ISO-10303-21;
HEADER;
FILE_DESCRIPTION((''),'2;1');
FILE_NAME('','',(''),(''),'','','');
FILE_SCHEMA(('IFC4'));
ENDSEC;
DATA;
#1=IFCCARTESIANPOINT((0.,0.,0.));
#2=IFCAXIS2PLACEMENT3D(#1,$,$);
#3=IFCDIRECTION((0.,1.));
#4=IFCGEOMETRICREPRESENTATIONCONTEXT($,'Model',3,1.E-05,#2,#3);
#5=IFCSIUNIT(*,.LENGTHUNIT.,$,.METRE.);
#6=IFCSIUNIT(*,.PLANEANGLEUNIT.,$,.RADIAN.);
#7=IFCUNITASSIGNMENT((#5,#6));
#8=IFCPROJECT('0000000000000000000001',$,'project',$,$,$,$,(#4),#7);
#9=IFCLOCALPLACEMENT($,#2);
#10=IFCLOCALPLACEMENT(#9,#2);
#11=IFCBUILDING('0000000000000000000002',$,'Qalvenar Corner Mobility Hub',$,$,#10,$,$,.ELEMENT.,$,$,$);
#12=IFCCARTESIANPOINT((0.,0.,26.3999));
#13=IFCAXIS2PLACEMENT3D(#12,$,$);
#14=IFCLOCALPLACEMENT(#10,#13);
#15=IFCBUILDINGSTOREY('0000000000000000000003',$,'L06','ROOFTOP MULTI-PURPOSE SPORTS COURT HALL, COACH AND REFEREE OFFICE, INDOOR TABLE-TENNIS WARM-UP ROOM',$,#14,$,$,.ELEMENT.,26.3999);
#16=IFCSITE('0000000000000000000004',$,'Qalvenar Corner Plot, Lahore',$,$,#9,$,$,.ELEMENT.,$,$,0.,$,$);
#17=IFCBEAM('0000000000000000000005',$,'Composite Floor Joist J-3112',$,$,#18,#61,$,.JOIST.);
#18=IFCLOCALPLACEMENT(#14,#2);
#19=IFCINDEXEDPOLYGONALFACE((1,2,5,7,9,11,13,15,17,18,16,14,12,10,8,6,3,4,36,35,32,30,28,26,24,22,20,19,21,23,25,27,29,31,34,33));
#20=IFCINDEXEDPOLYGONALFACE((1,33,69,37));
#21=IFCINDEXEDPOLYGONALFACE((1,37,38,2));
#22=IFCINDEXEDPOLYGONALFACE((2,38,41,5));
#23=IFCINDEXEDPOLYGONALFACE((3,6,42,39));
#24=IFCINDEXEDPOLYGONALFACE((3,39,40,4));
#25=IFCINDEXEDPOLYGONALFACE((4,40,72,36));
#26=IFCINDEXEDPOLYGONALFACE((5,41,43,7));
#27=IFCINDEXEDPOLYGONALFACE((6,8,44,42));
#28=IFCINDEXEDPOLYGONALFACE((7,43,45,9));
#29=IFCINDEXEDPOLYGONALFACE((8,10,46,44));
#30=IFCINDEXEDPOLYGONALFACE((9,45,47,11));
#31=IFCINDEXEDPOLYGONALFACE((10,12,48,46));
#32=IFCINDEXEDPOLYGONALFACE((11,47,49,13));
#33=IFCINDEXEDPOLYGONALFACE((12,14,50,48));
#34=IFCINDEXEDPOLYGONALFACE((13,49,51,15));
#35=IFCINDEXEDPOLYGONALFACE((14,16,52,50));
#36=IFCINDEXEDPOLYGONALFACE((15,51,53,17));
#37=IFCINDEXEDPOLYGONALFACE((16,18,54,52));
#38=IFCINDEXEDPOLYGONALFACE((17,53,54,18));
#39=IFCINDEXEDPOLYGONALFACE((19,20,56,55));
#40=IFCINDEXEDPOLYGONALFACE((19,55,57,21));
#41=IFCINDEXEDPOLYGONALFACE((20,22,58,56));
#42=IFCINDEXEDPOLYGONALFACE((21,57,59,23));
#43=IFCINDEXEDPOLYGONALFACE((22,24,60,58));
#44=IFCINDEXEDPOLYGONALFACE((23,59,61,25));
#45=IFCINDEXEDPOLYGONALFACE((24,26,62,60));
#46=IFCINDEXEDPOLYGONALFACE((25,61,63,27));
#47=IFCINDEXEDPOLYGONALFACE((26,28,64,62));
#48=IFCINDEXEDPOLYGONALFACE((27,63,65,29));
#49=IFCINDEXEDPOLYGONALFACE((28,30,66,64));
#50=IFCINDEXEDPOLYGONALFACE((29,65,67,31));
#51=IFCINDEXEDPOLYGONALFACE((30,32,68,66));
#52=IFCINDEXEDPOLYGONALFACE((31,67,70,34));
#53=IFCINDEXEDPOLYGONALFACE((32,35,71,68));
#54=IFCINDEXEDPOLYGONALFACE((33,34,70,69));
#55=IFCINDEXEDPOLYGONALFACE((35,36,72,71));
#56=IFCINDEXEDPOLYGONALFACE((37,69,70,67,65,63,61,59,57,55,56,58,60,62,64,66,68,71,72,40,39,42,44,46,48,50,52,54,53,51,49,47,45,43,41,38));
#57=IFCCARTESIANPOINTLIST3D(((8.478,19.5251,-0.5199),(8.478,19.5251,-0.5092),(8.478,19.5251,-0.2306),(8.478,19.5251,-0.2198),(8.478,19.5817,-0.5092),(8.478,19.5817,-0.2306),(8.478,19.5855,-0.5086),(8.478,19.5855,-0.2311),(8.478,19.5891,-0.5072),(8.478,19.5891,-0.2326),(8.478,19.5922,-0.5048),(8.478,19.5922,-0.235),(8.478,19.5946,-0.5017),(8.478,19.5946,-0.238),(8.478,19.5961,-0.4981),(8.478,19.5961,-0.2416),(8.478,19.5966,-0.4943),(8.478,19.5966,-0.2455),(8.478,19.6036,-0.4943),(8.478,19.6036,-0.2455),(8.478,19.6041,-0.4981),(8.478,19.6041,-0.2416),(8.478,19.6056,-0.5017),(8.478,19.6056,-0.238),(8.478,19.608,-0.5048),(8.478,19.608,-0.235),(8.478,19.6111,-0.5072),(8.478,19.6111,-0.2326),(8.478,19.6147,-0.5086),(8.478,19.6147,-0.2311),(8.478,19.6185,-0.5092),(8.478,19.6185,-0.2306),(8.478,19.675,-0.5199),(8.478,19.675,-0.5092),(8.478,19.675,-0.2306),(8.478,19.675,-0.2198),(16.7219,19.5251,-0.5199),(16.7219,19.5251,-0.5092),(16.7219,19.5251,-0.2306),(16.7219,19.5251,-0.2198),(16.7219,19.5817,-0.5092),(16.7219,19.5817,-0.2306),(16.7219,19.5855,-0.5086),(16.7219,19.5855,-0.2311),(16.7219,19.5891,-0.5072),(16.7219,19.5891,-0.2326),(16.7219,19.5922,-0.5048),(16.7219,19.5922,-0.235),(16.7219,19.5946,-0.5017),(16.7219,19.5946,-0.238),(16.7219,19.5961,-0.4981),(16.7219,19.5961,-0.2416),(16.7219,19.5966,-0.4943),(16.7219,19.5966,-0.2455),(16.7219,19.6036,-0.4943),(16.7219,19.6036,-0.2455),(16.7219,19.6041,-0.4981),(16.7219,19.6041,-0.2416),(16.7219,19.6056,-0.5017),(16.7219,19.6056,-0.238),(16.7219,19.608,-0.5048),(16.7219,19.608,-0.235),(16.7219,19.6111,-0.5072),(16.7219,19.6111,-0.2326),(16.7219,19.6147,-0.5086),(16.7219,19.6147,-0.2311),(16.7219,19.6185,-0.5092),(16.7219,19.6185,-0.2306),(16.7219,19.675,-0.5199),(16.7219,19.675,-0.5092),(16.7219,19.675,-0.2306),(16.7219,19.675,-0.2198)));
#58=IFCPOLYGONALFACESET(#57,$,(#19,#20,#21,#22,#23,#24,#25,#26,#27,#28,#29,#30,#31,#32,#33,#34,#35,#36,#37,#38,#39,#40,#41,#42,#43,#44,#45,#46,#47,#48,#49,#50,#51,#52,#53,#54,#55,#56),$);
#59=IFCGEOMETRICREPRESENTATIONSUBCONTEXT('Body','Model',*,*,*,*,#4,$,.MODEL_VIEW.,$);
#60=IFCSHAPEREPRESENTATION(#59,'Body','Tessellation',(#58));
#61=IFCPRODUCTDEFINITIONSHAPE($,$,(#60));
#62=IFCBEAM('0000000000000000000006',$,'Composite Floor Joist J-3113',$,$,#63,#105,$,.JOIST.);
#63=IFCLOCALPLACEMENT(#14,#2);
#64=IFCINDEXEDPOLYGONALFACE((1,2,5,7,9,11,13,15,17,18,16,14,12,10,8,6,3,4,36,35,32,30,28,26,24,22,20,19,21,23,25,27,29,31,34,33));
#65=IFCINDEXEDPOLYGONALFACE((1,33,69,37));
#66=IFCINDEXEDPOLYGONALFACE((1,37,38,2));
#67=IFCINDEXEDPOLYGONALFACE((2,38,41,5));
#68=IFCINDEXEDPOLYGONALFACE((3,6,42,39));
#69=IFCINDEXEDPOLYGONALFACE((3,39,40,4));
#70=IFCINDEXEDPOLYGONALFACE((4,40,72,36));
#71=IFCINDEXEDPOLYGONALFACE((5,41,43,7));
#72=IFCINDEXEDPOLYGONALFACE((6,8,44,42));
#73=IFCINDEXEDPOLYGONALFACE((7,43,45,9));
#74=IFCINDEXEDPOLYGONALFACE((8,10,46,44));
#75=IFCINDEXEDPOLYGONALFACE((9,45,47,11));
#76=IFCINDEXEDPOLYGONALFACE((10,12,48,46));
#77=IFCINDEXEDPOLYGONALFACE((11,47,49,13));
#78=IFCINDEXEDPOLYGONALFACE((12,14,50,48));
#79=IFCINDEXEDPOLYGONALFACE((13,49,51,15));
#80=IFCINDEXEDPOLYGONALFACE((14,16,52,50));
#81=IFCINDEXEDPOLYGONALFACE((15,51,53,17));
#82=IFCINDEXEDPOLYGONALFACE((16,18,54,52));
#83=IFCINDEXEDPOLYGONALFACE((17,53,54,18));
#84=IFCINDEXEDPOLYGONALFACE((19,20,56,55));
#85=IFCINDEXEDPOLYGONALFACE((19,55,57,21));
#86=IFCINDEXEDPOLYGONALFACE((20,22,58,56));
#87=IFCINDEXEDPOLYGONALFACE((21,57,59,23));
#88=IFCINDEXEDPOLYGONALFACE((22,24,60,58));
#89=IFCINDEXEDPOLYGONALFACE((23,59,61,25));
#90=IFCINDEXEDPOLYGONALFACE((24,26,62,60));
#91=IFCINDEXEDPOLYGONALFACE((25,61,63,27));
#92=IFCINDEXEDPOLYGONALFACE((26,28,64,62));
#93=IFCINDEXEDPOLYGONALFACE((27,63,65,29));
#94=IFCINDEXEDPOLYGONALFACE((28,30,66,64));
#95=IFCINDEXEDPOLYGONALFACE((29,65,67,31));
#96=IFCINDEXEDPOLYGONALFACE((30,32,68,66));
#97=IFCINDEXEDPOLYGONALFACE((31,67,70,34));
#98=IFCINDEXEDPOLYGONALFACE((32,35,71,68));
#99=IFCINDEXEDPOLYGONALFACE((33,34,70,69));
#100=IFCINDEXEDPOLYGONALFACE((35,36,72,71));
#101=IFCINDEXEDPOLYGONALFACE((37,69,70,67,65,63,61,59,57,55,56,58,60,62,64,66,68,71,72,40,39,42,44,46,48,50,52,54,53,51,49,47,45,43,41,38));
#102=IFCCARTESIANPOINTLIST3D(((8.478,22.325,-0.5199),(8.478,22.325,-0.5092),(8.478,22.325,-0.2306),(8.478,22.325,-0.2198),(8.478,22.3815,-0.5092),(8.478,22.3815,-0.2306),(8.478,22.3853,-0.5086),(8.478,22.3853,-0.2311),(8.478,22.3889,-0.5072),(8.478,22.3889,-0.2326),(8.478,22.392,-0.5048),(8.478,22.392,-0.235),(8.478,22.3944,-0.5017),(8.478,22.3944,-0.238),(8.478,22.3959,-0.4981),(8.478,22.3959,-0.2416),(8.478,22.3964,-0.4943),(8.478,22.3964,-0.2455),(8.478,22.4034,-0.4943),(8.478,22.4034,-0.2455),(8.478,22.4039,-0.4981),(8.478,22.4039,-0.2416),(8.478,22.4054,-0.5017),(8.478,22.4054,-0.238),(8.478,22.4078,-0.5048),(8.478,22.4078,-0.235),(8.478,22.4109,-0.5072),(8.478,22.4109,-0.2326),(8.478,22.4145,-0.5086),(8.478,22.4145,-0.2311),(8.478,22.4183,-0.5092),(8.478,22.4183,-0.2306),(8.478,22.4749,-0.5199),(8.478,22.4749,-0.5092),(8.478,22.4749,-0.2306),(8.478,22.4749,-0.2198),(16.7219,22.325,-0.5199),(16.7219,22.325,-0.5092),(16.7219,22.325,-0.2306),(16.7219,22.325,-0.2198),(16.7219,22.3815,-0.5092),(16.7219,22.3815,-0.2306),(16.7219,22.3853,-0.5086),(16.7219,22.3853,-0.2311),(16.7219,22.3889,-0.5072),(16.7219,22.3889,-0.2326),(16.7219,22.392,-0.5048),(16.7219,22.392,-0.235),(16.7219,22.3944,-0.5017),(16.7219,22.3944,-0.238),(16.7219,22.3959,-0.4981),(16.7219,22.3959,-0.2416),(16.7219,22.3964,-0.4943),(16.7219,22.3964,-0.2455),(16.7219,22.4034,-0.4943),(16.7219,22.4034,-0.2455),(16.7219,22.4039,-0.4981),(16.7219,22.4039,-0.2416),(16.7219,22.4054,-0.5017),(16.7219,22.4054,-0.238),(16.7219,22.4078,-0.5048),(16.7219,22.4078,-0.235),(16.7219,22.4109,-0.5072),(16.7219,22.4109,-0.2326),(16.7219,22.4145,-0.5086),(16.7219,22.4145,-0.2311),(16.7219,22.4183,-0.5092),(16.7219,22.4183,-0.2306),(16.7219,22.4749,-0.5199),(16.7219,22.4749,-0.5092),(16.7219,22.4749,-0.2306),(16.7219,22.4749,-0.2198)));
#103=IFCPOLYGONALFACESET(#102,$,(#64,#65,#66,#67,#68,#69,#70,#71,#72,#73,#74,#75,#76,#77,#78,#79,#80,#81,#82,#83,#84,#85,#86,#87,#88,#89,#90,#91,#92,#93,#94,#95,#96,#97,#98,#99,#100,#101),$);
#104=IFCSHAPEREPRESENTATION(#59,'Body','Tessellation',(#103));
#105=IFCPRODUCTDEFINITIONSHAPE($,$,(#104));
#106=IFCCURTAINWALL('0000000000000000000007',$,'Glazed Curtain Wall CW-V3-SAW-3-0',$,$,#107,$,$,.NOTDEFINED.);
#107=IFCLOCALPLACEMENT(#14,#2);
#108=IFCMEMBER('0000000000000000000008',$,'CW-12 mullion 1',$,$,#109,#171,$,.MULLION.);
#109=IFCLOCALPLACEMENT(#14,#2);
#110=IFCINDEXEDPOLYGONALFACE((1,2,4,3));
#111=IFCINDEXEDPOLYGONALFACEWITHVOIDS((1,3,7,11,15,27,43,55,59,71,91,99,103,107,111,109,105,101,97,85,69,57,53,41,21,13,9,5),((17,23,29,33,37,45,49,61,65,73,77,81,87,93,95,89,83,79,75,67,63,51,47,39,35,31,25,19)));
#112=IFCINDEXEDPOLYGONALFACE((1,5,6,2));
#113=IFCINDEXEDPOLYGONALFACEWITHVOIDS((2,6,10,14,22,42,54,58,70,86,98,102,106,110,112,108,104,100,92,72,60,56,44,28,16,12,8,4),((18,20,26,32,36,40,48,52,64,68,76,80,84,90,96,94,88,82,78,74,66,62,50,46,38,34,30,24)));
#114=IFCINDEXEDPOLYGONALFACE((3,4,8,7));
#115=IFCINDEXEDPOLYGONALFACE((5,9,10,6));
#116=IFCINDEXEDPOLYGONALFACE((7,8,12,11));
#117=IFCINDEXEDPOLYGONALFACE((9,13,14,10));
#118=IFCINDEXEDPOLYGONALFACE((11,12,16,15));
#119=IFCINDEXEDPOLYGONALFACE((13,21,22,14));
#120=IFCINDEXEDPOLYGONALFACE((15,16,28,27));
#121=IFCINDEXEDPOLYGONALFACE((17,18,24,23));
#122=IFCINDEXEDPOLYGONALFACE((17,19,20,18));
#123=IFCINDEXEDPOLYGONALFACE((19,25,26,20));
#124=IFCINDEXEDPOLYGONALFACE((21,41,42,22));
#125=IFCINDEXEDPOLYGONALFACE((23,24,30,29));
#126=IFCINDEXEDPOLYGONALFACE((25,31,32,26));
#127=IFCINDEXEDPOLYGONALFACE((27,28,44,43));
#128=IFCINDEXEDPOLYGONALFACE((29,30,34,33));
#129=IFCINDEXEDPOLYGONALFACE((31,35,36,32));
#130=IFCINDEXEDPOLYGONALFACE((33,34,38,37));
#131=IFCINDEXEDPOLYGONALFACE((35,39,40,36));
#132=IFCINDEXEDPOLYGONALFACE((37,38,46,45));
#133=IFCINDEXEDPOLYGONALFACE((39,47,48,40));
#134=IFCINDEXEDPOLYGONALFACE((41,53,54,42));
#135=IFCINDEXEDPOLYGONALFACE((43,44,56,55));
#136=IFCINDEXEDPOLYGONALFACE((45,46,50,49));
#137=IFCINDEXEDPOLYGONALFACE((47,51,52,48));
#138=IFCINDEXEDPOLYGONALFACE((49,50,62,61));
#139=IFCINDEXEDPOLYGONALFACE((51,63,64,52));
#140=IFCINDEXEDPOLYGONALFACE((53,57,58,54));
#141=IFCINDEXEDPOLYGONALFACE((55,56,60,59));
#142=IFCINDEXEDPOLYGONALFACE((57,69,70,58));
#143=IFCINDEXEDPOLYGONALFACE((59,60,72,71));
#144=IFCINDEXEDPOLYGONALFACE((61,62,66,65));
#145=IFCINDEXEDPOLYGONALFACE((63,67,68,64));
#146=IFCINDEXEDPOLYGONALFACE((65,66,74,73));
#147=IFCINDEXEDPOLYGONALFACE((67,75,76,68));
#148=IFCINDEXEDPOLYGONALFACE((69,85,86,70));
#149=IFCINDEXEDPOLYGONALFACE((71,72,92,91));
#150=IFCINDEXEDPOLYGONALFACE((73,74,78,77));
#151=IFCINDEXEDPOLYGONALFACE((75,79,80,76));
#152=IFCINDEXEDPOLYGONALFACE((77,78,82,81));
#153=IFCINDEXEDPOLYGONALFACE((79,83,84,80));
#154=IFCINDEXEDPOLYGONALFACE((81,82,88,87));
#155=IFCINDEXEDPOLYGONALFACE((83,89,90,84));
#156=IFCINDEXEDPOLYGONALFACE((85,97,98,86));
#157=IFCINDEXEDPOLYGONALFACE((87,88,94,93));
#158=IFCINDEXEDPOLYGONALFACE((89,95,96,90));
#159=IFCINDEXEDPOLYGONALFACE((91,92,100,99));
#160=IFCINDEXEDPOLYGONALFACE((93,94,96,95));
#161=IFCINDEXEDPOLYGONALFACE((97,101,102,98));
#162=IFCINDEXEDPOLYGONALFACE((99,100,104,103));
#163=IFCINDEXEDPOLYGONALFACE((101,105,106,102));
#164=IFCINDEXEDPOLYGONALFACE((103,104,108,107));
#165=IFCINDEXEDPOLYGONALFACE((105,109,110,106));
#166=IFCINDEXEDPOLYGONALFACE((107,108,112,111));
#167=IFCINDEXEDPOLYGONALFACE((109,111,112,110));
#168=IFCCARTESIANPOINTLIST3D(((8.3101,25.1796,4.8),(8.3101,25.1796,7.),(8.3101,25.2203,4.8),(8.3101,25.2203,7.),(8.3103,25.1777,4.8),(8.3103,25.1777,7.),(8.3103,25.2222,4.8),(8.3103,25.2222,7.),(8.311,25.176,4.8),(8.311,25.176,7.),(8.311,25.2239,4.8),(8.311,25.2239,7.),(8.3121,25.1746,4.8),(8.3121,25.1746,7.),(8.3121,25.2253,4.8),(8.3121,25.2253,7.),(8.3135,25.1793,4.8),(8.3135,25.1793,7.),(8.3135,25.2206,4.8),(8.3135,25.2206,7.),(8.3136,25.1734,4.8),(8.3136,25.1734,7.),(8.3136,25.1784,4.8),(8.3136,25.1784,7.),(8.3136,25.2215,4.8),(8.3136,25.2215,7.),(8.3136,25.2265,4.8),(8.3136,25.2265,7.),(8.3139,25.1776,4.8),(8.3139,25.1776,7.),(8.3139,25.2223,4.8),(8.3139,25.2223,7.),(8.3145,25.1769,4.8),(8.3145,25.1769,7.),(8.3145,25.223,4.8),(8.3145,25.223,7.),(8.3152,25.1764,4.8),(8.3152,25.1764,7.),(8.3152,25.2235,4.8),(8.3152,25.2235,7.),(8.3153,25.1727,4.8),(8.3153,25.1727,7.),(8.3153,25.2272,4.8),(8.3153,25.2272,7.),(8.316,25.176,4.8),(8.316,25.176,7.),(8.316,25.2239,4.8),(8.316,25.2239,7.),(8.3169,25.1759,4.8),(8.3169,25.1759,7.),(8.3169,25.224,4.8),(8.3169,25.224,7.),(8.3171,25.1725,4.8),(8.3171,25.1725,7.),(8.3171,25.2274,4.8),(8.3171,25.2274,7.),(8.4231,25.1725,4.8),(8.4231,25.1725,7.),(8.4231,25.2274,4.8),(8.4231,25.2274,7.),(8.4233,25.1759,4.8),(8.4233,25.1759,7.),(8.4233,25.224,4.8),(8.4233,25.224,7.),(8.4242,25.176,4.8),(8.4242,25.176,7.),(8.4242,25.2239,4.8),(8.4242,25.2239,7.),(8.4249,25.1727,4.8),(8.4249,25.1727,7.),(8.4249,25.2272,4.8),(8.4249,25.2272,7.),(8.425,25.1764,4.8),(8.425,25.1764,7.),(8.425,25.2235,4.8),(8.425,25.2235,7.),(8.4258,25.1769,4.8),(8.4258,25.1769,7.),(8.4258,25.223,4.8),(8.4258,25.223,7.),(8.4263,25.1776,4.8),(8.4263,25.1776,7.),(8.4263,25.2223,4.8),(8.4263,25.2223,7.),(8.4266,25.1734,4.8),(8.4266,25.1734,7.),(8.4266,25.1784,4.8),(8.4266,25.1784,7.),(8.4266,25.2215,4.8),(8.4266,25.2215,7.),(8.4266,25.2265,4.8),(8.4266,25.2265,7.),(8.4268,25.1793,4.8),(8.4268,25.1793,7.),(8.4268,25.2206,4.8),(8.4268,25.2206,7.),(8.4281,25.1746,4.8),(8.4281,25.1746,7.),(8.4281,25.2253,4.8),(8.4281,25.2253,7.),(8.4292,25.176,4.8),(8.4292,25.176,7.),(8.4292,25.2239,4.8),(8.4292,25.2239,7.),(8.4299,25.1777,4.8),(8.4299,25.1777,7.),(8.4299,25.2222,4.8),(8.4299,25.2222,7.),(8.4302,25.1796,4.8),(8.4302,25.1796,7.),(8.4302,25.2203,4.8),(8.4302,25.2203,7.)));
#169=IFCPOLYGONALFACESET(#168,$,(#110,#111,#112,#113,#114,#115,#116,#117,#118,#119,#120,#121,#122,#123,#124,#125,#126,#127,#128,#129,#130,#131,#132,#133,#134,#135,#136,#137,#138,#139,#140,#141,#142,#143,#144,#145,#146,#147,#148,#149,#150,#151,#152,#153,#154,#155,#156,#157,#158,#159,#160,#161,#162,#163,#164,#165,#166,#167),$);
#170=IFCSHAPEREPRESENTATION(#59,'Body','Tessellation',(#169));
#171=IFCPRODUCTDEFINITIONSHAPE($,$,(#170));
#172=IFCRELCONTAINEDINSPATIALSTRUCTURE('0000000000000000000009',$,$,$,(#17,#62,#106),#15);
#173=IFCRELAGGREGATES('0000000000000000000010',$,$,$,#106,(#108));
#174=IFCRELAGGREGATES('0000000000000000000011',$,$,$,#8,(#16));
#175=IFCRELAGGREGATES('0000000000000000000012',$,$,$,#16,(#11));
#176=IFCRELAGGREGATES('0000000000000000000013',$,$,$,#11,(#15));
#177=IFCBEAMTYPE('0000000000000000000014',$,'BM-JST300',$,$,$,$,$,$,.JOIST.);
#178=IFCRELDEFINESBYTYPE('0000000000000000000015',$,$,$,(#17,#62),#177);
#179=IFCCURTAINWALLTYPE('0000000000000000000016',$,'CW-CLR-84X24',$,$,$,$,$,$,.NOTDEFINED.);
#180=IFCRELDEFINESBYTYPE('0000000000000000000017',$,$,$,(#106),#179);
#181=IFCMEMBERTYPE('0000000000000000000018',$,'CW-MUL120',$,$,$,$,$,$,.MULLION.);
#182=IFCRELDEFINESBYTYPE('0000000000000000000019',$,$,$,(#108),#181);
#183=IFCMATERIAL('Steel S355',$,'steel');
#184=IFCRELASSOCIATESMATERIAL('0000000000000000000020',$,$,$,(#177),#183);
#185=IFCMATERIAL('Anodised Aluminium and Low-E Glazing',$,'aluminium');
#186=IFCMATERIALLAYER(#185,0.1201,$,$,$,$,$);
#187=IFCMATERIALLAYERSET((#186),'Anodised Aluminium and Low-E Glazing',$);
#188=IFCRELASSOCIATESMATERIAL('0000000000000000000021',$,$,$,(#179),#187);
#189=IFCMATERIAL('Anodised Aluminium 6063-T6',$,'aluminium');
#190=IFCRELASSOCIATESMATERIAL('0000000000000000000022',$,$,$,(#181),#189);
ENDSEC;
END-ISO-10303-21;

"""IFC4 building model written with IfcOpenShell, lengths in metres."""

from ifc_helpers import new_model, si_unit, direction, frame, origin, origin_2d, place, context, subcontext, project, spatial, hollow_rectangle, i_section, extrude, material, layer, layer_set, material_profile, profile_set, type_object, element, aggregate, save


model = new_model("IFC4")

# Units and contexts
model_context = context("Model", 3, precision=1e-05, world=origin(), true_north=direction((0.0, 1.0)))
body_context = subcontext(model_context, "Body", "Model", "MODEL_VIEW")
ifc_project = project(units=[si_unit("LENGTHUNIT", "METRE"), si_unit("PLANEANGLEUNIT", "RADIAN")], contexts=[model_context])

# Site, building, storey
site_placement = place(None, origin())
site = spatial("IfcSite", under=ifc_project, at=site_placement, Name="Qalvenar Corner Plot, Lahore", CompositionType="ELEMENT", RefElevation=0.0)
building_placement = place(site_placement, origin())
building = spatial("IfcBuilding", under=site, at=building_placement, Name="Qalvenar Corner Mobility Hub", CompositionType="ELEMENT")
storey_placement = place(building_placement, frame((0.0, 0.0, 26.3999)))
storey = spatial("IfcBuildingStorey", under=building, at=storey_placement, Name="L06", Description="ROOFTOP MULTI-PURPOSE SPORTS COURT HALL, COACH AND REFEREE OFFICE, INDOOR TABLE-TENNIS WARM-UP ROOM", CompositionType="ELEMENT", Elevation=26.3999)

# Shared definitions
ifc_material_1 = material(Name="Steel S355", Category="steel")

# Beams
ifc_material_profile_1 = material_profile(ifc_material_1, i_section(OverallWidth=0.1499, OverallDepth=0.3, WebThickness=0.0071, FlangeThickness=0.0107, FilletRadius=0.0149, at=origin_2d()), Name="IPE300")
ifc_profile_set_1 = profile_set([ifc_material_profile_1], Name="Steel S355")
beam_type_1 = type_object("IfcBeamType", Name="BM-JST300", PredefinedType="JOIST", material=ifc_profile_set_1)
for number, where, z_axis, x_axis, name in (
    (1, (8.478, 19.6001, -0.3699), (1.0, 0.0, 0.0), (0.0, 1.0, 0.0), "Composite Floor Joist J-3112"),
    (2, (8.478, 22.3999, -0.3699), (1.0, 0.0, 0.0), (0.0, 1.0, 0.0), "Composite Floor Joist J-3113"),
):
    element("IfcBeam", number, at=place(storey_placement, frame(where, z_axis=z_axis, x_axis=x_axis)), inside=storey, type_object=beam_type_1, Name=name, PredefinedType="JOIST", context=body_context, shape_type="SweptSolid", body=[
        extrude(i_section(OverallWidth=0.1499, OverallDepth=0.3, WebThickness=0.0071, FlangeThickness=0.0107, FilletRadius=0.0149, at=origin_2d()), origin(), (0.0, 0.0, 1.0), 8.2439),
    ])

# Curtain wall, member
ifc_material_2 = material(Name="Anodised Aluminium and Low-E Glazing", Category="aluminium")
ifc_layer_1 = layer(ifc_material_2, 0.1201)
ifc_layer_set_1 = layer_set([ifc_layer_1], Name="Anodised Aluminium and Low-E Glazing")
curtain_wall_type = type_object("IfcCurtainWallType", Name="CW-CLR-84X24", PredefinedType="NOTDEFINED", material=ifc_layer_set_1)
curtain_wall_1_placement = place(storey_placement, origin())
curtain_wall_1 = element("IfcCurtainWall", 3, at=curtain_wall_1_placement, inside=storey, type_object=curtain_wall_type, Name="Glazed Curtain Wall CW-V3-SAW-3-0", PredefinedType="NOTDEFINED")
ifc_material_3 = material(Name="Anodised Aluminium 6063-T6", Category="aluminium")
ifc_material_profile_2 = material_profile(ifc_material_3, hollow_rectangle(XDim=0.0549, YDim=0.1201, WallThickness=0.0034, InnerFilletRadius=0.0034, OuterFilletRadius=0.0071, at=origin_2d()), Name="RHS120x55x3.5")
ifc_profile_set_2 = profile_set([ifc_material_profile_2], Name="Anodised Aluminium 6063-T6")
member_type_1 = type_object("IfcMemberType", Name="CW-MUL120", PredefinedType="MULLION", material=ifc_profile_set_2)
member_1_placement = place(storey_placement, frame((8.3701, 25.2, 4.8), z_axis=(0.0, 0.0, 1.0), x_axis=(0.0, -1.0, 0.0)))
member_1 = element("IfcMember", 4, at=member_1_placement, type_object=member_type_1, Name="CW-12 mullion 1", PredefinedType="MULLION", context=body_context, shape_type="SweptSolid", body=[
    extrude(hollow_rectangle(XDim=0.0549, YDim=0.1201, WallThickness=0.0034, InnerFilletRadius=0.0034, OuterFilletRadius=0.0071, at=origin_2d()), origin(), (0.0, 0.0, 1.0), 2.2),
])

aggregate(curtain_wall_1, [member_1])

save(model, "model.ifc")
